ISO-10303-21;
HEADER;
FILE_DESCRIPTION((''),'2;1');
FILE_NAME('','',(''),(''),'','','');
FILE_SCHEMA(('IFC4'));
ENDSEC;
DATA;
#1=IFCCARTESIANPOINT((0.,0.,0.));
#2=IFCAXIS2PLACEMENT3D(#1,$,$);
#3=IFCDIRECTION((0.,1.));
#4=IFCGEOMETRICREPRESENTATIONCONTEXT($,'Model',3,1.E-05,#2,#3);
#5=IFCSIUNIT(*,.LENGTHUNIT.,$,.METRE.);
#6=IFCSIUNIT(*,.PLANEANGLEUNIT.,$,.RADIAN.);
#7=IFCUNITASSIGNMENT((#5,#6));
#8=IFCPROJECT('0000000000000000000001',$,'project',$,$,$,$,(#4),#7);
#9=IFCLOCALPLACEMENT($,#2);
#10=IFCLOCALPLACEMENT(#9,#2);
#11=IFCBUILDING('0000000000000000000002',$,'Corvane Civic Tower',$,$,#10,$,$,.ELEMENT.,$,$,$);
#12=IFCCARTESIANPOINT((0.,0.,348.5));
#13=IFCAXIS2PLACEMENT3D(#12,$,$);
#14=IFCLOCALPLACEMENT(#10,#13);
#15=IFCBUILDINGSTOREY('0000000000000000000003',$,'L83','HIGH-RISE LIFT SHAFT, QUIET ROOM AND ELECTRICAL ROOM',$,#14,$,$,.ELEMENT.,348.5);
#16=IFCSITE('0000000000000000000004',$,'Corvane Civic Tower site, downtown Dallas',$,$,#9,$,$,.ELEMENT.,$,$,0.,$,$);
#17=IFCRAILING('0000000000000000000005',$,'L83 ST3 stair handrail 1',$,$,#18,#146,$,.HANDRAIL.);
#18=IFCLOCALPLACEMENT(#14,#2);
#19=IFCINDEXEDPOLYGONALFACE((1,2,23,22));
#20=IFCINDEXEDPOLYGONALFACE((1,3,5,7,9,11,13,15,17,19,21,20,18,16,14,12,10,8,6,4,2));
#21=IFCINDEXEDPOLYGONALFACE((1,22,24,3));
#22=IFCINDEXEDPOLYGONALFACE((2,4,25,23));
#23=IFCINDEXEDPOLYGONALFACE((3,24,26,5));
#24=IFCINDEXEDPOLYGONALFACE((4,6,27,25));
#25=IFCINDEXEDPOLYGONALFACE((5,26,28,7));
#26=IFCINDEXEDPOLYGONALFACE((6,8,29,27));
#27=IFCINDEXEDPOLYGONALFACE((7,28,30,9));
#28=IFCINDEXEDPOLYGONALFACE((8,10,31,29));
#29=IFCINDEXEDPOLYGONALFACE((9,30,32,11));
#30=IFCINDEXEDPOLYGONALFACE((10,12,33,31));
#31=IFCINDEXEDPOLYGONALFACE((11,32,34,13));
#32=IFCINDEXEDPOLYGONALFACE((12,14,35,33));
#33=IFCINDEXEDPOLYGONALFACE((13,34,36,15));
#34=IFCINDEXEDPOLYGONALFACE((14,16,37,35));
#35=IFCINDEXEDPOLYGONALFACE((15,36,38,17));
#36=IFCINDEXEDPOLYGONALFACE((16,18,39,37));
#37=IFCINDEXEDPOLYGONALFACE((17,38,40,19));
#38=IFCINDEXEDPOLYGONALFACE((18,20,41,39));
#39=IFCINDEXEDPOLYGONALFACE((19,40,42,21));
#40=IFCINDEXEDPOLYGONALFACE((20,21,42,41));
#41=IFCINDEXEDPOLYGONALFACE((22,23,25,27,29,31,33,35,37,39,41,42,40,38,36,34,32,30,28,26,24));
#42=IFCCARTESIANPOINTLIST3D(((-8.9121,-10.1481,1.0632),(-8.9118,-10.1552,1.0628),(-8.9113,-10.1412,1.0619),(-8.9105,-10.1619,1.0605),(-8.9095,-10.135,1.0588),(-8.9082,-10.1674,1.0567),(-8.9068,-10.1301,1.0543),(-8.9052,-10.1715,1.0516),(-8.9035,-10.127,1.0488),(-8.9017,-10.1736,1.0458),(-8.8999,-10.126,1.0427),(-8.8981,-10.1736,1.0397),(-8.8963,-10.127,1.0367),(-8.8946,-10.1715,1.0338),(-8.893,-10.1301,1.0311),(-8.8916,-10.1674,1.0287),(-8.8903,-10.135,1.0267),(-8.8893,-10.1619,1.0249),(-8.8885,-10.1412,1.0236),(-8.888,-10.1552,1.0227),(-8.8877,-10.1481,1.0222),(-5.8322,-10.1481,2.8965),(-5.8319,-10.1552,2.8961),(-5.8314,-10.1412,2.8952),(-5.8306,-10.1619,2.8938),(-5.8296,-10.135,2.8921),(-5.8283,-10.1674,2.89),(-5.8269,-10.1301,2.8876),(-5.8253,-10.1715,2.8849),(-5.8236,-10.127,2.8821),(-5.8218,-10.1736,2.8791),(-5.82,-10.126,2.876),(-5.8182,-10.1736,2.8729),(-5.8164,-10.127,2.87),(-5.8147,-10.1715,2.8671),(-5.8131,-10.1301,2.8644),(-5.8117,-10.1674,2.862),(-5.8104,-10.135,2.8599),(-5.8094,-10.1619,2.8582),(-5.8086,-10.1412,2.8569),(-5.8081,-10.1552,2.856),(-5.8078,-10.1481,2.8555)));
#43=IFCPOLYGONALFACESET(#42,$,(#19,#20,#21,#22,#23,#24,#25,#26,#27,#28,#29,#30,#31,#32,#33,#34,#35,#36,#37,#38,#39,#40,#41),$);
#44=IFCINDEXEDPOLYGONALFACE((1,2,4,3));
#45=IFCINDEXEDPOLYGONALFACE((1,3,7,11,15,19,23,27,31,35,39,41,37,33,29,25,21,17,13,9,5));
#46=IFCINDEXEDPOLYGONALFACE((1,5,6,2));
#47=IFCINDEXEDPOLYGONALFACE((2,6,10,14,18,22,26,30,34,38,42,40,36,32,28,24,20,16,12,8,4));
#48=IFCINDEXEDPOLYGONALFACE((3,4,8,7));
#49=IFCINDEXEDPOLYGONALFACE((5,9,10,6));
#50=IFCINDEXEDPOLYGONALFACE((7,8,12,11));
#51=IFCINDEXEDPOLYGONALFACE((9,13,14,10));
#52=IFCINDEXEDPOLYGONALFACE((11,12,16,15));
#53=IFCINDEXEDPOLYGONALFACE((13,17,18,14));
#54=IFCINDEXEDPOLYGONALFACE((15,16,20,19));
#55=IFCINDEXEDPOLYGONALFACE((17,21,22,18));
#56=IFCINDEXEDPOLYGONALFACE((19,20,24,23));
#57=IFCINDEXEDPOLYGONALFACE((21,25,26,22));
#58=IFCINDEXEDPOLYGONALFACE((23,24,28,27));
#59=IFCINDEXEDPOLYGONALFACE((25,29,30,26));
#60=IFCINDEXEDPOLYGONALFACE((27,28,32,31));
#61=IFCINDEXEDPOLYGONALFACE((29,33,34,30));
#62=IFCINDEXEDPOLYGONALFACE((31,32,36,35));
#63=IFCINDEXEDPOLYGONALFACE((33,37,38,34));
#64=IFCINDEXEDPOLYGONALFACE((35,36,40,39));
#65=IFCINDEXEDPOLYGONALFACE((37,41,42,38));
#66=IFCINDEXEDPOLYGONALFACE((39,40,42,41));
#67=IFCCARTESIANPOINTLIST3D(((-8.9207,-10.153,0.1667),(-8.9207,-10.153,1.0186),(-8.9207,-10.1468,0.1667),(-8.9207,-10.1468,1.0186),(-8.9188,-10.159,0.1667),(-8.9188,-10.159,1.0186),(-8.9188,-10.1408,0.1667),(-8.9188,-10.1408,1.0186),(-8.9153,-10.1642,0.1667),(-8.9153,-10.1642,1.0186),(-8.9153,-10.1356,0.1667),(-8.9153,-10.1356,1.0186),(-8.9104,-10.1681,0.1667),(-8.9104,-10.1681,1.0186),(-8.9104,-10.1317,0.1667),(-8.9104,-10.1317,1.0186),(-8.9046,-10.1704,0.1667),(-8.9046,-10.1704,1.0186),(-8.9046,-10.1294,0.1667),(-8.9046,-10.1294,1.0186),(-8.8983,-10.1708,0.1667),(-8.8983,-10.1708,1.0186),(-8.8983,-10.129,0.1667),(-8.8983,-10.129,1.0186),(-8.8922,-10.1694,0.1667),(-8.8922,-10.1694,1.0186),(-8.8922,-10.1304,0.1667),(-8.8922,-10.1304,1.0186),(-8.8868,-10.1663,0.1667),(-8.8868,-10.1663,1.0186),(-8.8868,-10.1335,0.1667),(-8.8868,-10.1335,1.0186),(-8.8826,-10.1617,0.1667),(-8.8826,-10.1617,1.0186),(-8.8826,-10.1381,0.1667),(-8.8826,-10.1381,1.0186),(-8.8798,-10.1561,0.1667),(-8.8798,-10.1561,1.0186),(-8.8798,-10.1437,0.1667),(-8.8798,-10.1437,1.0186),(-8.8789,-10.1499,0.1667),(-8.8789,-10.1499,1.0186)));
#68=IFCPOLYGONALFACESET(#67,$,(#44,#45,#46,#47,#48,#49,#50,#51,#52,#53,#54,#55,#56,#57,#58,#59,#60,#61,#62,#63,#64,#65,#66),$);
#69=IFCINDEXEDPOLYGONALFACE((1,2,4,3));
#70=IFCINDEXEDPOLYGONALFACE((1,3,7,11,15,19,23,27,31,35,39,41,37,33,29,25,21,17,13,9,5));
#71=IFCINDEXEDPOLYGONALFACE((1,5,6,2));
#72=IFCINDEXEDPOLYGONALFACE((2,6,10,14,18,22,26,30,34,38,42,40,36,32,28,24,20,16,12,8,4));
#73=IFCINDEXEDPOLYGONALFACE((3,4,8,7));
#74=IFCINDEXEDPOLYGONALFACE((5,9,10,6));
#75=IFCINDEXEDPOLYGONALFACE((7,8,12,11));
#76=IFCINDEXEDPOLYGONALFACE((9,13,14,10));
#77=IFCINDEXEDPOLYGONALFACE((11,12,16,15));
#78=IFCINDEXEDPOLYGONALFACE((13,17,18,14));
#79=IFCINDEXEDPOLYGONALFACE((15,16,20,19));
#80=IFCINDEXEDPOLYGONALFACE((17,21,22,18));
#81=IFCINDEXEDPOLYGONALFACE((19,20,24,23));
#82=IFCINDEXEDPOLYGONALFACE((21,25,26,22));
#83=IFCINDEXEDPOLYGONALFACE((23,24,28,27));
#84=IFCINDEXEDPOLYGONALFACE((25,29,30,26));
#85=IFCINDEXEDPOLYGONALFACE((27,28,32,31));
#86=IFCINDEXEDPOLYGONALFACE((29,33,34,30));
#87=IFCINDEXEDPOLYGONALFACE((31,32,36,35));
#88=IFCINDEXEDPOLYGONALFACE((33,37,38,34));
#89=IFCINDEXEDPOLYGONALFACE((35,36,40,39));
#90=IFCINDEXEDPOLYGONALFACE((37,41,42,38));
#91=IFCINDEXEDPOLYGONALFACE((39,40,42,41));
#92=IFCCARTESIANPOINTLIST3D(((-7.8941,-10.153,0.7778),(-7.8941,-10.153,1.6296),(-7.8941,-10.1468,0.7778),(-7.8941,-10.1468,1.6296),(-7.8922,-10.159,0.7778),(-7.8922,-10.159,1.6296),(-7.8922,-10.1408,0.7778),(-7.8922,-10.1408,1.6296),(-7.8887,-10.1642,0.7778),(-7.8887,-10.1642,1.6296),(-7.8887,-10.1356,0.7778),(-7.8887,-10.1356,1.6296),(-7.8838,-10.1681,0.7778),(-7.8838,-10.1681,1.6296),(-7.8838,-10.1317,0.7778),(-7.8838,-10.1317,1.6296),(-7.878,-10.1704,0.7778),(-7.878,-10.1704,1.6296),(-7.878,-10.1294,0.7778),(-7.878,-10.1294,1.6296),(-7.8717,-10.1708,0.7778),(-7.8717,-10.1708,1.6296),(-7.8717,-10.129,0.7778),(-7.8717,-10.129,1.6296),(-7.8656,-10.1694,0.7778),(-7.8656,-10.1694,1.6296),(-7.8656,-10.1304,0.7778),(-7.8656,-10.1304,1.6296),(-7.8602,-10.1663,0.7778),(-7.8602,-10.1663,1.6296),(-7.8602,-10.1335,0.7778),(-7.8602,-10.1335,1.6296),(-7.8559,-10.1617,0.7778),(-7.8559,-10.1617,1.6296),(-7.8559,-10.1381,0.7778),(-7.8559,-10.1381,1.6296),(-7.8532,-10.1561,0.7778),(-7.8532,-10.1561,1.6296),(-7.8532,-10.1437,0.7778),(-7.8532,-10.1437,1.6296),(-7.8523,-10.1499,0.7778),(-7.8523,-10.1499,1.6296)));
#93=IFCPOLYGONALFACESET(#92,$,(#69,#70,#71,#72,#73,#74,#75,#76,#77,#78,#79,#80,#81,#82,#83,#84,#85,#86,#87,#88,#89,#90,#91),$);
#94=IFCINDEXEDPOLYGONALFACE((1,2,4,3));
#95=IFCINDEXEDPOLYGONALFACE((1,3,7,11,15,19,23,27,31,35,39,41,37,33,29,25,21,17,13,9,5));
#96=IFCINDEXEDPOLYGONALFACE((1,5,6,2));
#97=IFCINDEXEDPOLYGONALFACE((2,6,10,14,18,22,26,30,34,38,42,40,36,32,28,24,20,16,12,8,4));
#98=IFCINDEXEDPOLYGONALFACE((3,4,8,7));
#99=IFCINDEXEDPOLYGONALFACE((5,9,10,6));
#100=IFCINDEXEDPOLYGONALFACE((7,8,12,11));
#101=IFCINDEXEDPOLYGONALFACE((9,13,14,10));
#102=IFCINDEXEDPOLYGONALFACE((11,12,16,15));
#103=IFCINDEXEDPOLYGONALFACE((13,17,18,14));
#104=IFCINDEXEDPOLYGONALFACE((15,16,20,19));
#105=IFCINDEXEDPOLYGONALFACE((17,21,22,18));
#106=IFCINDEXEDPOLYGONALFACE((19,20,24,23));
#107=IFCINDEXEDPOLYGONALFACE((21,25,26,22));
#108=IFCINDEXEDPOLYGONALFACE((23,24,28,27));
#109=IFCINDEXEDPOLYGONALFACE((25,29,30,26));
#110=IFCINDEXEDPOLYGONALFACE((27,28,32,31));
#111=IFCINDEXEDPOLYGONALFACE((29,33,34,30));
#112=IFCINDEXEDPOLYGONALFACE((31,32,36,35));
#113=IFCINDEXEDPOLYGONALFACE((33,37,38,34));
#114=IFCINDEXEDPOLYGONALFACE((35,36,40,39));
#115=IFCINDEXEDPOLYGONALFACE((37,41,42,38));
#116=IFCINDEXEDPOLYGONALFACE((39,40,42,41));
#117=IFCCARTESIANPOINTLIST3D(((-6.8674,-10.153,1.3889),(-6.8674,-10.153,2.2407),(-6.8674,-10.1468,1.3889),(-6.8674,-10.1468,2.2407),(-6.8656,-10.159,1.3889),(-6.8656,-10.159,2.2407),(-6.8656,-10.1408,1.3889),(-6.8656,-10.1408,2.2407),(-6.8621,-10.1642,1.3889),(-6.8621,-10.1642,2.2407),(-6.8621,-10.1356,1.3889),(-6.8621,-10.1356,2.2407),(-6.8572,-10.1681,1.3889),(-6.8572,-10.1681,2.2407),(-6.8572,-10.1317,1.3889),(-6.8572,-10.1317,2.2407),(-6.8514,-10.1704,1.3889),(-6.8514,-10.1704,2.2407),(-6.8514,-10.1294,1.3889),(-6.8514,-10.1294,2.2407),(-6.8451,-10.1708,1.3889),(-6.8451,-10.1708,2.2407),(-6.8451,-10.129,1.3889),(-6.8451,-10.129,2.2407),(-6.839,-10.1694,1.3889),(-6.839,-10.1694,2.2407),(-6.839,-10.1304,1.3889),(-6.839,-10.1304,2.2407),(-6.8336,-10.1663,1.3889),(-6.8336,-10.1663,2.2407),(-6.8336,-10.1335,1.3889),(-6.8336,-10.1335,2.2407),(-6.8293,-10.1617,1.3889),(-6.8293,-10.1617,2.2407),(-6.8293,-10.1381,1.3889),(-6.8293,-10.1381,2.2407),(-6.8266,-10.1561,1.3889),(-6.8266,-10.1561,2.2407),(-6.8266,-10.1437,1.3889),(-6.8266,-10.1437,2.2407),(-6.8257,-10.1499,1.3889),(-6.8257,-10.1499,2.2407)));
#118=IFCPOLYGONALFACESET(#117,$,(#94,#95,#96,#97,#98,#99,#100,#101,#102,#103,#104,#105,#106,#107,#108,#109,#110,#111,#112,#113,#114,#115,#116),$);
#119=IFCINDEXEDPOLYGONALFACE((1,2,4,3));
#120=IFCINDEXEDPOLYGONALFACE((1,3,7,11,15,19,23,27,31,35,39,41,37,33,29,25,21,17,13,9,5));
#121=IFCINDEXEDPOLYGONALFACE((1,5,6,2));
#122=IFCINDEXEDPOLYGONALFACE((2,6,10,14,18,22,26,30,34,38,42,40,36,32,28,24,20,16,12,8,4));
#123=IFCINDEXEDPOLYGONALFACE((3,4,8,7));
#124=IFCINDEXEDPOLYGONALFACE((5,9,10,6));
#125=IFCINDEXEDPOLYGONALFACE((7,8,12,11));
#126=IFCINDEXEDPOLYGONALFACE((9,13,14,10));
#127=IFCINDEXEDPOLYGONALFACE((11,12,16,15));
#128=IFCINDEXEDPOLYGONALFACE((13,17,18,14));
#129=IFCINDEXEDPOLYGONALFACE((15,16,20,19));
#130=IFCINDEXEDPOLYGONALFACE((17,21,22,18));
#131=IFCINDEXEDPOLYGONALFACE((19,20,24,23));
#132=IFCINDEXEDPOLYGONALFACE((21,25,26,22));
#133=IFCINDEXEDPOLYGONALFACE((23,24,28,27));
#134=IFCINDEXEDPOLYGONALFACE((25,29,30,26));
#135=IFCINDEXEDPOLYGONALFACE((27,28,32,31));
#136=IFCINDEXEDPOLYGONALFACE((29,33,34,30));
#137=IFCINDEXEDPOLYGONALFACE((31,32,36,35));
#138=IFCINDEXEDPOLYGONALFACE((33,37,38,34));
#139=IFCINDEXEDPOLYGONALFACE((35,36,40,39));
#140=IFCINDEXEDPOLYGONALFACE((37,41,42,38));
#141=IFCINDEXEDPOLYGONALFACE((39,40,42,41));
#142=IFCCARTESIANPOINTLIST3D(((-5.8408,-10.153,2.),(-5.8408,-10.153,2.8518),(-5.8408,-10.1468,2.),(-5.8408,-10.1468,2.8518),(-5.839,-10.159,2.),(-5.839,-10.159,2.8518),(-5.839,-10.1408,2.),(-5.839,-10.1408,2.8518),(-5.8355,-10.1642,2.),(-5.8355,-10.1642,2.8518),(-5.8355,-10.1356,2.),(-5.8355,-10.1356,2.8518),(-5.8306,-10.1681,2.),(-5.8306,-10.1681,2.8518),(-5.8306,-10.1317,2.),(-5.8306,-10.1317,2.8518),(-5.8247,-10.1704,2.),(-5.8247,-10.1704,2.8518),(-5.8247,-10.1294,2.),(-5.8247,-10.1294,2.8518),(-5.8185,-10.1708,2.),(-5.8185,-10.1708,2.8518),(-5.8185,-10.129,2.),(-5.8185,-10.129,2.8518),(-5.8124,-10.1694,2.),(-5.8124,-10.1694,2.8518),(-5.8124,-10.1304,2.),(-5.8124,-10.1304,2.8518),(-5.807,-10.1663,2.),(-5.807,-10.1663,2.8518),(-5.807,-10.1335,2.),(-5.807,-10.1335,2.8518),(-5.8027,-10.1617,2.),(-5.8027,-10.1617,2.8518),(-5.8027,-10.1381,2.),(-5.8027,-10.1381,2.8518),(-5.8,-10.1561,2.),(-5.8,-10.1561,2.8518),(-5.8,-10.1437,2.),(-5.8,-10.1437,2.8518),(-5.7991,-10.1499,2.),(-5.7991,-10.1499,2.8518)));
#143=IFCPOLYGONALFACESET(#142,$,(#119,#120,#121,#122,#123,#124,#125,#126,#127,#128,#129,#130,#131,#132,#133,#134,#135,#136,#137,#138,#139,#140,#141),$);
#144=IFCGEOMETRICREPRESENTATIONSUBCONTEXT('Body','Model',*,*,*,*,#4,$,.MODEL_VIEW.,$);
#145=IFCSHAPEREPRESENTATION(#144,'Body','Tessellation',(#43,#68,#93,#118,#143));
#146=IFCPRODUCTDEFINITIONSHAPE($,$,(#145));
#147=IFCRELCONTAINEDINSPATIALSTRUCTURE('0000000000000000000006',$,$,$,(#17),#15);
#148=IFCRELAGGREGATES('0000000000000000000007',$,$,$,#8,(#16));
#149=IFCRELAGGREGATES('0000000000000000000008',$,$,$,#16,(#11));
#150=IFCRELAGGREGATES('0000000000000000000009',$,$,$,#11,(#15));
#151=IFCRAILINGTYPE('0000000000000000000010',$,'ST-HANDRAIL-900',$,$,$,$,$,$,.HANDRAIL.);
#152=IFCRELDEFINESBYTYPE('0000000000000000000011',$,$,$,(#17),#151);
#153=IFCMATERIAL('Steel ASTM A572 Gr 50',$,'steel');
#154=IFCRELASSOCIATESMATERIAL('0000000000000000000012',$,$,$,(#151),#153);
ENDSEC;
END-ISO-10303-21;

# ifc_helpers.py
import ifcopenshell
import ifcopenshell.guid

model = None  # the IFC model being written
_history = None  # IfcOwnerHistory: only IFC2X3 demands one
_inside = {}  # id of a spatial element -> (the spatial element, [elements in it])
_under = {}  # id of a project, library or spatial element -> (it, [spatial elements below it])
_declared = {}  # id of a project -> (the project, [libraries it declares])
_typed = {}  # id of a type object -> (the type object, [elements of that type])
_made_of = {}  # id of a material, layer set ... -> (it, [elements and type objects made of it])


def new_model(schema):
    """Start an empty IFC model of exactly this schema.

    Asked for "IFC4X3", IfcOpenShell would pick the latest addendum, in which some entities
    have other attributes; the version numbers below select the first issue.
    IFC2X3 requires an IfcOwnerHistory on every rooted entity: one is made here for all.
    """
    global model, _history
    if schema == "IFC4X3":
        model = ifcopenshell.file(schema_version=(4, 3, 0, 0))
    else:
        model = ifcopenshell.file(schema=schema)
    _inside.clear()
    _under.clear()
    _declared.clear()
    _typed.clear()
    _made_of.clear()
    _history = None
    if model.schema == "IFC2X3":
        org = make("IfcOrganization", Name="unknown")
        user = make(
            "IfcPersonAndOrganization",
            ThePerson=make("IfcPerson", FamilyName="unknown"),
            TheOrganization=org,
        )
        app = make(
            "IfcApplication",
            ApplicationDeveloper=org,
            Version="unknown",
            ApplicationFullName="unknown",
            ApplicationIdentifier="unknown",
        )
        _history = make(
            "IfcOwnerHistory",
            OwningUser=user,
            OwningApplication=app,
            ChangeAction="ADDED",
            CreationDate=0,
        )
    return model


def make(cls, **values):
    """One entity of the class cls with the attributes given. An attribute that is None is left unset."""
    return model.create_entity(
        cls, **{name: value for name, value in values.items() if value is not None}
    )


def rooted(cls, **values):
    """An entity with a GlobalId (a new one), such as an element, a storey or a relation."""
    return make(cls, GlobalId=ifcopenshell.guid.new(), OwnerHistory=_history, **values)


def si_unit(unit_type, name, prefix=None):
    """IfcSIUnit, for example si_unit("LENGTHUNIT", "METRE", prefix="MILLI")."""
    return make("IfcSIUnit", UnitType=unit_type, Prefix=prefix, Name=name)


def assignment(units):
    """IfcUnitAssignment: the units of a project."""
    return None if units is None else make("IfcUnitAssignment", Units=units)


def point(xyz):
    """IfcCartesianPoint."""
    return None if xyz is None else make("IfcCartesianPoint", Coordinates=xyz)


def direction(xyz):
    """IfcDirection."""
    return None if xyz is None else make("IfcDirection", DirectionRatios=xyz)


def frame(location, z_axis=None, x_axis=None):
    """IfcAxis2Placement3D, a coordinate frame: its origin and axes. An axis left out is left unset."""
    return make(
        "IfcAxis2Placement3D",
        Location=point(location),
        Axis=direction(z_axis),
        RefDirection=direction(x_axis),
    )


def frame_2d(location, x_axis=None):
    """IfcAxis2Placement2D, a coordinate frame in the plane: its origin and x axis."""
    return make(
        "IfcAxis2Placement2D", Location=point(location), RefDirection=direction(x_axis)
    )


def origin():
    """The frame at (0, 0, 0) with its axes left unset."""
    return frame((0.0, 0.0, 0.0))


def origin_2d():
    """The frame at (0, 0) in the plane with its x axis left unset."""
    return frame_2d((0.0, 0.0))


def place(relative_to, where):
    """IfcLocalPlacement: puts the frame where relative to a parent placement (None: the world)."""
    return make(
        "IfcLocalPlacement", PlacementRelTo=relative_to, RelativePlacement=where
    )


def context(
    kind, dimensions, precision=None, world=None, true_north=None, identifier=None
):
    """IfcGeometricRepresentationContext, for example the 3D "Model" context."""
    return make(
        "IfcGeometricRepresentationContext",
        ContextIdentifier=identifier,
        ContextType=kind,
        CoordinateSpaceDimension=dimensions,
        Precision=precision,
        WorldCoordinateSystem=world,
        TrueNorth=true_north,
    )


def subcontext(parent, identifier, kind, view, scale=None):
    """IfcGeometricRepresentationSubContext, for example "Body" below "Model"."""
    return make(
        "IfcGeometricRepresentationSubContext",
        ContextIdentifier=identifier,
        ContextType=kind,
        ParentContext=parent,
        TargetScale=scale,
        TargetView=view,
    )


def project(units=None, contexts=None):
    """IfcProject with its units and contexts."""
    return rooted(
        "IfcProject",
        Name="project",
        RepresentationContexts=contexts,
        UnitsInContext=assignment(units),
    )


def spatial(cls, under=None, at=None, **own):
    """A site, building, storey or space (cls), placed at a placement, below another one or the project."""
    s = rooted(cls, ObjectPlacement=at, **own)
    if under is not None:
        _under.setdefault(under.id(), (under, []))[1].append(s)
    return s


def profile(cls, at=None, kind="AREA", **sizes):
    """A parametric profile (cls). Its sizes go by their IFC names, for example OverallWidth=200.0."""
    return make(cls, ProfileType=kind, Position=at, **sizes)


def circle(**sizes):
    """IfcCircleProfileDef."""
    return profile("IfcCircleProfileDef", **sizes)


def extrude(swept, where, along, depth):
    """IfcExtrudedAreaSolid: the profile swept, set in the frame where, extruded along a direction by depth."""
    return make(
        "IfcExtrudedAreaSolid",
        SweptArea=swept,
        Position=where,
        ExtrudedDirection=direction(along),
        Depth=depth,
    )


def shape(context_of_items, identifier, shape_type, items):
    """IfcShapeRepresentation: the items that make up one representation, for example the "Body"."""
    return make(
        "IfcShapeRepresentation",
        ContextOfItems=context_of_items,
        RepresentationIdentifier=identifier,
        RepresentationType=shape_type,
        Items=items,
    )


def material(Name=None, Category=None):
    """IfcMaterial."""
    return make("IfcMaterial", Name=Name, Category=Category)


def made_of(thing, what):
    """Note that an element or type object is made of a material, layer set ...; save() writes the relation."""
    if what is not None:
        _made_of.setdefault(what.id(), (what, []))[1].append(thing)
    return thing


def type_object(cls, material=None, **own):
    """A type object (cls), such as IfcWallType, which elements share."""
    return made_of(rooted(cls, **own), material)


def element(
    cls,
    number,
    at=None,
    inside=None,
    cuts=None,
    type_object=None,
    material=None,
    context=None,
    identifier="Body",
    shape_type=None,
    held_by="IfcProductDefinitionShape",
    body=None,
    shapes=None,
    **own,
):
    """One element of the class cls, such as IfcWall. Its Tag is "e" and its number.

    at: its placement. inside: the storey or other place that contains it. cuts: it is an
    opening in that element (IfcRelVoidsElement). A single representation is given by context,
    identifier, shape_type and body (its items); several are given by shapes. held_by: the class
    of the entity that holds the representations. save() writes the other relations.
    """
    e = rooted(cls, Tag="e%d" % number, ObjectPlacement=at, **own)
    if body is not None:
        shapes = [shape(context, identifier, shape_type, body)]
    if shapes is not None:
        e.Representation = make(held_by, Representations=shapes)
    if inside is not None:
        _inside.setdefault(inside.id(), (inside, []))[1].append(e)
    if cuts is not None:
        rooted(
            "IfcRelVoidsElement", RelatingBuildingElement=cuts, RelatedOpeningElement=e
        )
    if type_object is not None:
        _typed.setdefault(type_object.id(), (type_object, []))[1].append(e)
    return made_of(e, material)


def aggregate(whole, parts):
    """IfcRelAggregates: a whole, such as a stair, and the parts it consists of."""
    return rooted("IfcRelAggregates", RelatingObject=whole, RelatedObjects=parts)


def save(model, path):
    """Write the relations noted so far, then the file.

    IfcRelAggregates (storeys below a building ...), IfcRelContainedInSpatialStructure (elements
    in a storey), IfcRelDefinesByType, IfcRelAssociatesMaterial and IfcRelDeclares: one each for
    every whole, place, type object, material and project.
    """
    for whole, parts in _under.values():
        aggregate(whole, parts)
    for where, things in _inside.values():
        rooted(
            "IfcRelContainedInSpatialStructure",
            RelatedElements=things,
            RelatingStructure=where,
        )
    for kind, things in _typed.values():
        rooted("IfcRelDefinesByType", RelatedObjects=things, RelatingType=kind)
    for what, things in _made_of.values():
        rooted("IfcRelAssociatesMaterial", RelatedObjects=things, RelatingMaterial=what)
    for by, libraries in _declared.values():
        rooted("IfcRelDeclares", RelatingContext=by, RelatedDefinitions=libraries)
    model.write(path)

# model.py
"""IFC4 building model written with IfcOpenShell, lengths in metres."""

from ifc_helpers import new_model, si_unit, direction, frame, origin, origin_2d, place, context, subcontext, project, spatial, circle, extrude, material, type_object, element, save


model = new_model("IFC4")

# Units and contexts
model_context = context("Model", 3, precision=1e-05, world=origin(), true_north=direction((0.0, 1.0)))
body_context = subcontext(model_context, "Body", "Model", "MODEL_VIEW")
ifc_project = project(units=[si_unit("LENGTHUNIT", "METRE"), si_unit("PLANEANGLEUNIT", "RADIAN")], contexts=[model_context])

# Site, building, storey
site_placement = place(None, origin())
site = spatial("IfcSite", under=ifc_project, at=site_placement, Name="Corvane Civic Tower site, downtown Dallas", CompositionType="ELEMENT", RefElevation=0.0)
building_placement = place(site_placement, origin())
building = spatial("IfcBuilding", under=site, at=building_placement, Name="Corvane Civic Tower", CompositionType="ELEMENT")
storey_placement = place(building_placement, frame((0.0, 0.0, 348.5)))
storey = spatial("IfcBuildingStorey", under=building, at=storey_placement, Name="L83", Description="HIGH-RISE LIFT SHAFT, QUIET ROOM AND ELECTRICAL ROOM", CompositionType="ELEMENT", Elevation=348.5)

# Railing
ifc_material_1 = material(Name="Steel ASTM A572 Gr 50", Category="steel")
railing_type_1 = type_object("IfcRailingType", Name="ST-HANDRAIL-900", PredefinedType="HANDRAIL", material=ifc_material_1)
railing_1_placement = place(storey_placement, frame((-8.8999, -10.1499, 0.1667)))
element("IfcRailing", 1, at=railing_1_placement, inside=storey, type_object=railing_type_1, Name="L83 ST3 stair handrail 1", PredefinedType="HANDRAIL", context=body_context, shape_type="SweptSolid", body=[
    extrude(circle(Radius=0.0239, at=origin_2d()), frame((0.0, 0.0, 0.876), z_axis=(0.859291, 0.0, 0.511487), x_axis=(0.0, 1.0, 0.0)), (0.0, 0.0, 1.0), 3.5842),
    extrude(circle(Radius=0.021, at=origin_2d()), origin(), (0.0, 0.0, 1.0), 0.8518),
    extrude(circle(Radius=0.021, at=origin_2d()), frame((1.0266, 0.0, 0.6111)), (0.0, 0.0, 1.0), 0.8518),
    extrude(circle(Radius=0.021, at=origin_2d()), frame((2.0532, 0.0, 1.2222)), (0.0, 0.0, 1.0), 0.8518),
    extrude(circle(Radius=0.021, at=origin_2d()), frame((3.0798, 0.0, 1.8333)), (0.0, 0.0, 1.0), 0.8518),
])

save(model, "model.ifc")
